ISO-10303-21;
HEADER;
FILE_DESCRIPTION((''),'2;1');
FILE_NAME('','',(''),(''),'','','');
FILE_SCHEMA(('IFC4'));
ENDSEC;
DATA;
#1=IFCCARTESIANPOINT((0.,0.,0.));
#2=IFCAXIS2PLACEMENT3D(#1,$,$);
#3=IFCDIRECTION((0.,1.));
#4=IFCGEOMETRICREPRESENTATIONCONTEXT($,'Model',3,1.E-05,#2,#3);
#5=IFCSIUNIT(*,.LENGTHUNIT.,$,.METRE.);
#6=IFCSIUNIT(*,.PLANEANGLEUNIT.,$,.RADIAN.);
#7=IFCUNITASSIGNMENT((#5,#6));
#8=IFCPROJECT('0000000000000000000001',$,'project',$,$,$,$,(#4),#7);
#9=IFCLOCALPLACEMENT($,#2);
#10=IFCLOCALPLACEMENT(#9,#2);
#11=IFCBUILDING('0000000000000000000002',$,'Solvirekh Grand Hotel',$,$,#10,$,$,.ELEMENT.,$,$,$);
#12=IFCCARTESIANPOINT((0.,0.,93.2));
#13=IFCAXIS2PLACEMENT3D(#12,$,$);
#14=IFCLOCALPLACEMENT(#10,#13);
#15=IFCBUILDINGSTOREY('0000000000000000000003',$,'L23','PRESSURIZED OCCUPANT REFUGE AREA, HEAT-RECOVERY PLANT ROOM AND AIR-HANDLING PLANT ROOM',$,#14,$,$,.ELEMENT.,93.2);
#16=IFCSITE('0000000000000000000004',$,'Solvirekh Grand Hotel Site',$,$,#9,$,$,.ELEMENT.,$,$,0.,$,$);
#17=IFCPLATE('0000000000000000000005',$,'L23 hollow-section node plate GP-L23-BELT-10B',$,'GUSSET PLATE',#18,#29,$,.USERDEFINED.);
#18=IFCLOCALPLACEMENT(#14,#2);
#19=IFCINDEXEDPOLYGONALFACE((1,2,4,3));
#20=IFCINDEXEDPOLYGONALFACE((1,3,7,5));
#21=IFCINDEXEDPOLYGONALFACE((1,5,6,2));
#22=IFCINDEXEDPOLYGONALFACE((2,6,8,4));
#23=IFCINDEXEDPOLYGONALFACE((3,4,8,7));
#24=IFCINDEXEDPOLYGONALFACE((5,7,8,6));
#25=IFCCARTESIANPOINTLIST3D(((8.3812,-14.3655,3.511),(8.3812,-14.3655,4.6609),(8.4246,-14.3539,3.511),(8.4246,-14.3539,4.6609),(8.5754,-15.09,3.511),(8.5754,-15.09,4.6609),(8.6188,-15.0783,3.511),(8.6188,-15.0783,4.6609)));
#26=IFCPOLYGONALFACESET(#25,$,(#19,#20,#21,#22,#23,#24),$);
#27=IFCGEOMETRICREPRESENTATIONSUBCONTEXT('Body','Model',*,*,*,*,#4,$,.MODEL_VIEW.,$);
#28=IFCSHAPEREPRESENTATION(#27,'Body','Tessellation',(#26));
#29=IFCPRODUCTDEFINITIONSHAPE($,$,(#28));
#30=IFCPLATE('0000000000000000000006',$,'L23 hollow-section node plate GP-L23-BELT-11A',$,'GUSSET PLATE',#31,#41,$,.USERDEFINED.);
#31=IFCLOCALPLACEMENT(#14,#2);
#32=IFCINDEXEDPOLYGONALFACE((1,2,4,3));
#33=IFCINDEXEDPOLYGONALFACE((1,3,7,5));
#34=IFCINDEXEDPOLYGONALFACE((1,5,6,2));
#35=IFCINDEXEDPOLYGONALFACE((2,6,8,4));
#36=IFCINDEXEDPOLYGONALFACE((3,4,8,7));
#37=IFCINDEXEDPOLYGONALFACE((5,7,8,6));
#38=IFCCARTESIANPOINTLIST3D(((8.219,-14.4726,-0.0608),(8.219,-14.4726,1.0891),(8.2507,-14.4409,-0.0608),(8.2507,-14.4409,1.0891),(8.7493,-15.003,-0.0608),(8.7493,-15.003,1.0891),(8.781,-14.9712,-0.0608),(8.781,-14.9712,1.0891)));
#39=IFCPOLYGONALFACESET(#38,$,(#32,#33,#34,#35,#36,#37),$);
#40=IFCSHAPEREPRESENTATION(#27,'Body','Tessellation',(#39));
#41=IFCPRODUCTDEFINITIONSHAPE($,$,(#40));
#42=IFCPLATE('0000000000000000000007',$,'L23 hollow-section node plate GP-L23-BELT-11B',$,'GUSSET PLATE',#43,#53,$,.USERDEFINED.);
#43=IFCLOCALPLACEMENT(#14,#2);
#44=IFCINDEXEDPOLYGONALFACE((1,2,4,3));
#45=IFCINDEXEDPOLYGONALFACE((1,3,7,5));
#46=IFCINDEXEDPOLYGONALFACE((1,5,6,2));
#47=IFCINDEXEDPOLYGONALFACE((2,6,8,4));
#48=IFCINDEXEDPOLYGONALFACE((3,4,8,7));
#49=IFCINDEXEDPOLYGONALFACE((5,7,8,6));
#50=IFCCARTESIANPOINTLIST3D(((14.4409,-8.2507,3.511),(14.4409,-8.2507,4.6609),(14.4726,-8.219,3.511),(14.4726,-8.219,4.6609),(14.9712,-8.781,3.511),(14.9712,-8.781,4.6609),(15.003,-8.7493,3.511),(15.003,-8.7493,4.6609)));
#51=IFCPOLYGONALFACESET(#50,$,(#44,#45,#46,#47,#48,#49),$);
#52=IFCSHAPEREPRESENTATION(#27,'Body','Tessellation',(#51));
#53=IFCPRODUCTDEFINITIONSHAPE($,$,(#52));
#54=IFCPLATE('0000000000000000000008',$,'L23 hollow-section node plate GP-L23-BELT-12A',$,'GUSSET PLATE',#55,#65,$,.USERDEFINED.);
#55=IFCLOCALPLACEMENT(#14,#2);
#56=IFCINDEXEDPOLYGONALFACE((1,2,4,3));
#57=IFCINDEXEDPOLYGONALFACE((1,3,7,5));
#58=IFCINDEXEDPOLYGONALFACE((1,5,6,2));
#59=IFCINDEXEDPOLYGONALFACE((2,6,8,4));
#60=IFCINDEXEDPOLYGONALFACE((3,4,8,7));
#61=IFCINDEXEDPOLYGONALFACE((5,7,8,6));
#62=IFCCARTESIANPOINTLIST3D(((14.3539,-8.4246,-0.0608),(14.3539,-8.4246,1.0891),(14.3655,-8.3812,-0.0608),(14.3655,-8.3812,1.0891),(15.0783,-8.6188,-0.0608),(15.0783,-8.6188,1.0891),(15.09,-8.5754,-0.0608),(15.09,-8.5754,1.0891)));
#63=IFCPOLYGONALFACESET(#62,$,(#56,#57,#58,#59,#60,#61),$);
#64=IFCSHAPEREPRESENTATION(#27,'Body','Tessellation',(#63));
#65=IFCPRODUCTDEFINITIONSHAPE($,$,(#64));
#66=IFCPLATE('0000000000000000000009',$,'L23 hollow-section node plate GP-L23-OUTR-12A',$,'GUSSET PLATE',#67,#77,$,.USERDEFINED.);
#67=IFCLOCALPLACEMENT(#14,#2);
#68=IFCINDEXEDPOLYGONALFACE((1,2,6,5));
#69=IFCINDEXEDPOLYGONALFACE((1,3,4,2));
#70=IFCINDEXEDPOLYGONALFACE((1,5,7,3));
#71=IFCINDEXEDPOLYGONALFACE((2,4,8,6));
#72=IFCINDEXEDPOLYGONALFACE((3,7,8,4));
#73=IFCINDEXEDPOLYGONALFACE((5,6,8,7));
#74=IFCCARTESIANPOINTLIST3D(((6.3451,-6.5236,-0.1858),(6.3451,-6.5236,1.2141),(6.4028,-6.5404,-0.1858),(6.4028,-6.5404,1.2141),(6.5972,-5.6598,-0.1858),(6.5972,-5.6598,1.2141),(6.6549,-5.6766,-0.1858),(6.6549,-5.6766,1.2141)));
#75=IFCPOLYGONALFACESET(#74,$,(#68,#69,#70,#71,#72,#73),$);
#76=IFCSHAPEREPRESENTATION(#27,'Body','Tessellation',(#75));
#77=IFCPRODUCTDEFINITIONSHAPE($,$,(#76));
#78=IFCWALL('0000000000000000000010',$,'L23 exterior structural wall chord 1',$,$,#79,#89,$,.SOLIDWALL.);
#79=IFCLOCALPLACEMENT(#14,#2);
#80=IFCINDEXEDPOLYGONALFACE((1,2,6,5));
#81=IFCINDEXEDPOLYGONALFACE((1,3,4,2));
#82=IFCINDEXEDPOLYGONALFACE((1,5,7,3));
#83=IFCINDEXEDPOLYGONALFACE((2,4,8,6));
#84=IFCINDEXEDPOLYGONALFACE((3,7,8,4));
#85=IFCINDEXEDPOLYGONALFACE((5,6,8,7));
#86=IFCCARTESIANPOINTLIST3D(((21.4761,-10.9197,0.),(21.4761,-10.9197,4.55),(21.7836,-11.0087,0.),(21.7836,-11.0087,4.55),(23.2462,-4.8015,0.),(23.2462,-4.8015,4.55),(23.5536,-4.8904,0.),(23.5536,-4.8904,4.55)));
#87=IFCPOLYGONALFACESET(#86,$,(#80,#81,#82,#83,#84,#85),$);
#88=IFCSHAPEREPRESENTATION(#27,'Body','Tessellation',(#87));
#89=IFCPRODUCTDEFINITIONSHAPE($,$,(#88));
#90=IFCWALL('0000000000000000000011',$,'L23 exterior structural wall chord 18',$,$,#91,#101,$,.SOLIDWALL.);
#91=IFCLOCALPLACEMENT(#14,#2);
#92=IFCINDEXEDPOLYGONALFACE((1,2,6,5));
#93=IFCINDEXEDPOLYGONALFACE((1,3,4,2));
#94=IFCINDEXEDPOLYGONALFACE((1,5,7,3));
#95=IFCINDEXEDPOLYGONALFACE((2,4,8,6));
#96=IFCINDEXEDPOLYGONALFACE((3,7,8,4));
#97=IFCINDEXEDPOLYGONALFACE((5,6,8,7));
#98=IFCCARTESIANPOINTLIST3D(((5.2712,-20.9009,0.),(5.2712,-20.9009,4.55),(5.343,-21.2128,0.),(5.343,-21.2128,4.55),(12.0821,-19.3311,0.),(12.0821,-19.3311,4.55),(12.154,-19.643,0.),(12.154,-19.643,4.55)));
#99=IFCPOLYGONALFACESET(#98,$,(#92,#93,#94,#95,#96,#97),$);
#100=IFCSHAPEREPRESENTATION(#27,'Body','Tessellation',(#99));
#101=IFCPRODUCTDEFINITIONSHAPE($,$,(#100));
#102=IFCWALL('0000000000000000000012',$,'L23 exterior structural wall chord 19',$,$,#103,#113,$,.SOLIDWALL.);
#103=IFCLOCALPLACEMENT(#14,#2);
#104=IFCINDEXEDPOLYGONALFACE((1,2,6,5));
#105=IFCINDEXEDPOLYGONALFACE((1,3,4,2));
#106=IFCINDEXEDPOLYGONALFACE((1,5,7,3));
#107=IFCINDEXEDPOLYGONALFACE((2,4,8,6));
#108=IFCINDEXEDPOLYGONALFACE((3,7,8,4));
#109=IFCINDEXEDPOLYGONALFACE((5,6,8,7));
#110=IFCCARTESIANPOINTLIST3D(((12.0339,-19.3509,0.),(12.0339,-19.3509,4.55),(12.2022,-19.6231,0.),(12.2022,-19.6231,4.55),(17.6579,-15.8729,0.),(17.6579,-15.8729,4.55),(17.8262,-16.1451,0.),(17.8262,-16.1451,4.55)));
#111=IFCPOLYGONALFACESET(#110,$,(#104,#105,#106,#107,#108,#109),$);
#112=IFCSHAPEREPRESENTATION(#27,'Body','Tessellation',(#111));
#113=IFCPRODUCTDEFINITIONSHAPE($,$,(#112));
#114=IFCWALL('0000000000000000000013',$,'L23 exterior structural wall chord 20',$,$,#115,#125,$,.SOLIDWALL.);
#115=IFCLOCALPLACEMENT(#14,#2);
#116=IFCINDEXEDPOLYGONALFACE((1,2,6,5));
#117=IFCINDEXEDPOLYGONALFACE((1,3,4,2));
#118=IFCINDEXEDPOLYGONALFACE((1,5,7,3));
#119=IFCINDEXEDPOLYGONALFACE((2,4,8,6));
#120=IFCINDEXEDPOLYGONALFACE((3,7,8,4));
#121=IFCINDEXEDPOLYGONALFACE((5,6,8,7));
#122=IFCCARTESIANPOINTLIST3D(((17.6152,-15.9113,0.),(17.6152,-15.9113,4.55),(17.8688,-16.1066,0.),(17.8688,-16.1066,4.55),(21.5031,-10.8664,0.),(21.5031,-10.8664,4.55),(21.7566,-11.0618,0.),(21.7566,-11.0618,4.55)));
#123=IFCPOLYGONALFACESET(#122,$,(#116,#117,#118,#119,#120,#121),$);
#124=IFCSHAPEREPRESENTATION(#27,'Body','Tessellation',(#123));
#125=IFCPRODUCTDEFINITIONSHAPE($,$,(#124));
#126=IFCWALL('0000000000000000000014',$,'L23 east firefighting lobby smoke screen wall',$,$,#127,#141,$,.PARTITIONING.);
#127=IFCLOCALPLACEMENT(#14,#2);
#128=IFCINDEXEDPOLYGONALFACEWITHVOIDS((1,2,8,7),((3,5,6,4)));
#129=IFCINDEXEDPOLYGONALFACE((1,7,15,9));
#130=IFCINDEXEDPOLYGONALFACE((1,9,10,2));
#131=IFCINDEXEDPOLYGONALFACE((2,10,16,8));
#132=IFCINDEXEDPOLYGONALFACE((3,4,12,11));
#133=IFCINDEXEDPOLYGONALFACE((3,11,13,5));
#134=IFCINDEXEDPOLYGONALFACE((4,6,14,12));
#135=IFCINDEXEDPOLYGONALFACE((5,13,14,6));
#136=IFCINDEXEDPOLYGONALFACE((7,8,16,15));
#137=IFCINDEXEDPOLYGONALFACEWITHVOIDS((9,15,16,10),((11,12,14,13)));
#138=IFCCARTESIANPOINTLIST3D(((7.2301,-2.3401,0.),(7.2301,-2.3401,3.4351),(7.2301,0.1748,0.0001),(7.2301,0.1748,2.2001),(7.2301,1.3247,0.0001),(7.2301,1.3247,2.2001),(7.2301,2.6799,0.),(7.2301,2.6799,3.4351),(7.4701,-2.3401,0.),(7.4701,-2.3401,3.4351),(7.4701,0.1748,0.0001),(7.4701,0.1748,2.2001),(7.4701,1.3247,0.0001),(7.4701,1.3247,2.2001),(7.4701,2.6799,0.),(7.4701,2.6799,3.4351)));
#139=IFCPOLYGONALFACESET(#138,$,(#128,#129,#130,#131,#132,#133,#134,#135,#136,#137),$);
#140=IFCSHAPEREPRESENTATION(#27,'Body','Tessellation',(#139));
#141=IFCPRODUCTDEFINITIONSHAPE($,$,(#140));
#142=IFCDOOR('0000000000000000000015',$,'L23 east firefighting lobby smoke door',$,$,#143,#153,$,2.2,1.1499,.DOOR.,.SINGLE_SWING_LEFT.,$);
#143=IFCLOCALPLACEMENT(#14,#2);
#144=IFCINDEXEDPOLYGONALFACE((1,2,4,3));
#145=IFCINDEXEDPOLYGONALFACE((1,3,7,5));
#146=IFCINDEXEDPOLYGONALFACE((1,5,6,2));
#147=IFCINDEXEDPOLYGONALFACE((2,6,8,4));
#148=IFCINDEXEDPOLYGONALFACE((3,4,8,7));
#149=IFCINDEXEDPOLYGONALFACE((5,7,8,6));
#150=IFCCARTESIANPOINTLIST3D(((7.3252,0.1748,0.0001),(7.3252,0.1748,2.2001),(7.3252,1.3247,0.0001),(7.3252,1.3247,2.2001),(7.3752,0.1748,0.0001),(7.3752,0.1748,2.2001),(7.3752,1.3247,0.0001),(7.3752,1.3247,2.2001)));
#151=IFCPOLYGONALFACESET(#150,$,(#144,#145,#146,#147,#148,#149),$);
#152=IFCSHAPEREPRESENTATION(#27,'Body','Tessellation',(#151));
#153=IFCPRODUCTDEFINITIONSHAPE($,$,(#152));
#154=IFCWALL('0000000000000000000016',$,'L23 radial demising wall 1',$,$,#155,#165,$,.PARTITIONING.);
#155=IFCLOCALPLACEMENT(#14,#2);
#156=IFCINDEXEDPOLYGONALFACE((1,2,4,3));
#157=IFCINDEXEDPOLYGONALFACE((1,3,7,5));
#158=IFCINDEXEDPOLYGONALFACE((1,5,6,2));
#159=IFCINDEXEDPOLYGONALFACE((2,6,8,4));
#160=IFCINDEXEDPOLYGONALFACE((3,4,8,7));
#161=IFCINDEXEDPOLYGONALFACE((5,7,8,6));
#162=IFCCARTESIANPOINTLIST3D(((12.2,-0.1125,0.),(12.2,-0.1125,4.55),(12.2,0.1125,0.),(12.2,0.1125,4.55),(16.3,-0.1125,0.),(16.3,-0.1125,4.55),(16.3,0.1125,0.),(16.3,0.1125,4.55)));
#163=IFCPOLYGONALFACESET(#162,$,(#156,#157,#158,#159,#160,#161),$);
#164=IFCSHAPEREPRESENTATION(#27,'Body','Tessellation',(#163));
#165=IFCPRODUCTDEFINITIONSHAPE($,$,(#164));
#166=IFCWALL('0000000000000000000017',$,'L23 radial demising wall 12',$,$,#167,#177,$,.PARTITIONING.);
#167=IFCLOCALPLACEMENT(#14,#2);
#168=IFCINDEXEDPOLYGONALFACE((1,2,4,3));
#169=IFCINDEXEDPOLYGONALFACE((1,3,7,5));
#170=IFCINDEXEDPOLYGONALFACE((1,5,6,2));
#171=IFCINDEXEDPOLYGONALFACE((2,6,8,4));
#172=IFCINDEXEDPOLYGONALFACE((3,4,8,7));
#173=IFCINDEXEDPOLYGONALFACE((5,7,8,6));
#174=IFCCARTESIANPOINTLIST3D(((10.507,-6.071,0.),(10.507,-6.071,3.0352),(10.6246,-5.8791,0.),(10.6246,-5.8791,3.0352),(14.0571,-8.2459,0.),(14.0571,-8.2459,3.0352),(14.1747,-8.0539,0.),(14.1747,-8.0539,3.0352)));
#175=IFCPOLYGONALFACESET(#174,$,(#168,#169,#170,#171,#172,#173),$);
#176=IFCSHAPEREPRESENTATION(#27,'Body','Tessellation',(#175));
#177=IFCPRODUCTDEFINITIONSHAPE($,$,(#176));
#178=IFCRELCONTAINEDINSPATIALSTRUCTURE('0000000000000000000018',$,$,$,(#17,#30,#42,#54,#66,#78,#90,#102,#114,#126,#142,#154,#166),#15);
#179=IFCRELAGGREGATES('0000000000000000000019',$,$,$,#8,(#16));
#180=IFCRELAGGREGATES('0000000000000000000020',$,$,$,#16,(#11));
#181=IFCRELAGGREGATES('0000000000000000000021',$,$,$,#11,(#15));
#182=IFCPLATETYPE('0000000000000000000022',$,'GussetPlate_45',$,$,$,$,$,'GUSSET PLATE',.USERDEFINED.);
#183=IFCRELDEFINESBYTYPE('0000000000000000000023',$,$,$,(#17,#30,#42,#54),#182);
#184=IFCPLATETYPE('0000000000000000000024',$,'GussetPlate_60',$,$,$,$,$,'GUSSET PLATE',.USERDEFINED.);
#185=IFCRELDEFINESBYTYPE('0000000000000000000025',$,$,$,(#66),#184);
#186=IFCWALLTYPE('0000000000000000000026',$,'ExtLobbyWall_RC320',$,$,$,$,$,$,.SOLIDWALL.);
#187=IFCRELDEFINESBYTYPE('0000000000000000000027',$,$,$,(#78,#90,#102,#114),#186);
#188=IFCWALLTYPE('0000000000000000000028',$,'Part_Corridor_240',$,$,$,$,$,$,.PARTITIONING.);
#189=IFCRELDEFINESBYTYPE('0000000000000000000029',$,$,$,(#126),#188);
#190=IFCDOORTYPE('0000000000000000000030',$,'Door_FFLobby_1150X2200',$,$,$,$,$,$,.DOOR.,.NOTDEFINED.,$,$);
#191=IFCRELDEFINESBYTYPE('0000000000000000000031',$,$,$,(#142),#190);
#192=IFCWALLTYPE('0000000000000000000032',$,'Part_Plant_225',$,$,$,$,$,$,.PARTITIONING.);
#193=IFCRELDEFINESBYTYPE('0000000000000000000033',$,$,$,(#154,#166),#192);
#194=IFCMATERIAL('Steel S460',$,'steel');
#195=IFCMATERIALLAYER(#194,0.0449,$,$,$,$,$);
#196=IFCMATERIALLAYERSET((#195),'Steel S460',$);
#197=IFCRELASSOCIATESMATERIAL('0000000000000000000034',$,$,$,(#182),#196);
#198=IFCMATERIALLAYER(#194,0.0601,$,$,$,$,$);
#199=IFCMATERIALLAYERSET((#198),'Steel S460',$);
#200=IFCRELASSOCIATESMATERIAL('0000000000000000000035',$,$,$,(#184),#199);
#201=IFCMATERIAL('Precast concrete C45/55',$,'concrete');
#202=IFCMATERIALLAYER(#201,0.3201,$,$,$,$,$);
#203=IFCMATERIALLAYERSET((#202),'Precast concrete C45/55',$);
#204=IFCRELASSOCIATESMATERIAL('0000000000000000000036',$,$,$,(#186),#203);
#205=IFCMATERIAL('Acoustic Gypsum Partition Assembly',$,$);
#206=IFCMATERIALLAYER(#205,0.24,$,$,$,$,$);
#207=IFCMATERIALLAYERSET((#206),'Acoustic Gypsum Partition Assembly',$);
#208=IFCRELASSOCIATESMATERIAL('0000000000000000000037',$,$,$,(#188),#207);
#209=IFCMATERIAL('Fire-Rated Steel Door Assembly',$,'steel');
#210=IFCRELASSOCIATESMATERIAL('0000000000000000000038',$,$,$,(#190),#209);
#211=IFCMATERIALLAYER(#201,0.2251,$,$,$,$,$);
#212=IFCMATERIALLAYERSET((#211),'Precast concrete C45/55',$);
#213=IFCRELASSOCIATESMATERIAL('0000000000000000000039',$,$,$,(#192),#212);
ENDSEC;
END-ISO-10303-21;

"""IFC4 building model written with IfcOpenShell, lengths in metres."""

from ifc_helpers import new_model, si_unit, direction, frame, frame_2d, origin, origin_2d, place, context, subcontext, project, spatial, rectangle, extrude, material, layer, layer_set, type_object, element, fill, save


model = new_model("IFC4")

# Units and contexts
model_context = context("Model", 3, precision=1e-05, world=origin(), true_north=direction((0.0, 1.0)))
body_context = subcontext(model_context, "Body", "Model", "MODEL_VIEW")
ifc_project = project(units=[si_unit("LENGTHUNIT", "METRE"), si_unit("PLANEANGLEUNIT", "RADIAN")], contexts=[model_context])

# Site, building, storey
site_placement = place(None, origin())
site = spatial("IfcSite", under=ifc_project, at=site_placement, Name="Solvirekh Grand Hotel Site", CompositionType="ELEMENT", RefElevation=0.0)
building_placement = place(site_placement, origin())
building = spatial("IfcBuilding", under=site, at=building_placement, Name="Solvirekh Grand Hotel", CompositionType="ELEMENT")
storey_placement = place(building_placement, frame((0.0, 0.0, 93.2)))
storey = spatial("IfcBuildingStorey", under=building, at=storey_placement, Name="L23", Description="PRESSURIZED OCCUPANT REFUGE AREA, HEAT-RECOVERY PLANT ROOM AND AIR-HANDLING PLANT ROOM", CompositionType="ELEMENT", Elevation=93.2)

# Shared definitions
ifc_material_1 = material(Name="Steel S460", Category="steel")

# Plates
ifc_layer_1 = layer(ifc_material_1, 0.0449)
ifc_layer_set_1 = layer_set([ifc_layer_1], Name="Steel S460")
plate_type_1 = type_object("IfcPlateType", Name="GussetPlate_45", ElementType="GUSSET PLATE", PredefinedType="USERDEFINED", material=ifc_layer_set_1)
for number, where, z_axis, x_axis, name in (
    (1, (8.5, -14.7219, 3.511), (0.0, 0.0, 1.0), (0.965926, 0.258819, 0.0), "L23 hollow-section node plate GP-L23-BELT-10B"),
    (2, (8.5, -14.7219, -0.0608), (0.0, 0.0, 1.0), (0.707107, 0.707107, 0.0), "L23 hollow-section node plate GP-L23-BELT-11A"),
    (3, (14.7219, -8.5, 3.511), (0.0, 0.0, 1.0), (0.707107, 0.707107, 0.0), "L23 hollow-section node plate GP-L23-BELT-11B"),
    (4, (14.7219, -8.5, -0.0608), (0.0, 0.0, 1.0), (0.258819, 0.965926, 0.0), "L23 hollow-section node plate GP-L23-BELT-12A"),
):
    element("IfcPlate", number, at=place(storey_placement, frame(where, z_axis=z_axis, x_axis=x_axis)), inside=storey, type_object=plate_type_1, Name=name, ObjectType="GUSSET PLATE", PredefinedType="USERDEFINED", context=body_context, shape_type="SweptSolid", body=[
        extrude(rectangle(XDim=0.0449, YDim=0.75, at=origin_2d()), origin(), (0.0, 0.0, 1.0), 1.1499),
    ])
ifc_layer_2 = layer(ifc_material_1, 0.0601)
ifc_layer_set_2 = layer_set([ifc_layer_2], Name="Steel S460")
plate_type_2 = type_object("IfcPlateType", Name="GussetPlate_60", ElementType="GUSSET PLATE", PredefinedType="USERDEFINED", material=ifc_layer_set_2)
plate_placement = place(storey_placement, frame((6.5, -6.1001, -0.1858), z_axis=(0.0, 0.0, 1.0), x_axis=(0.959952, -0.280164, 0.0)))
element("IfcPlate", 5, at=plate_placement, inside=storey, type_object=plate_type_2, Name="L23 hollow-section node plate GP-L23-OUTR-12A", ObjectType="GUSSET PLATE", PredefinedType="USERDEFINED", context=body_context, shape_type="SweptSolid", body=[
    extrude(rectangle(XDim=0.0601, YDim=0.8999, at=origin_2d()), origin(), (0.0, 0.0, 1.0), 1.3999),
])

# Walls
ifc_material_2 = material(Name="Precast concrete C45/55", Category="concrete")
ifc_layer_3 = layer(ifc_material_2, 0.3201)
ifc_layer_set_3 = layer_set([ifc_layer_3], Name="Precast concrete C45/55")
wall_type_1 = type_object("IfcWallType", Name="ExtLobbyWall_RC320", PredefinedType="SOLIDWALL", material=ifc_layer_set_3)
wall_1_placement = place(storey_placement, frame((23.3999, -4.8459, 0.0), z_axis=(0.0, 0.0, 1.0), x_axis=(-0.277909, -0.960607, 0.0)))
element("IfcWall", 6, at=wall_1_placement, inside=storey, type_object=wall_type_1, Name="L23 exterior structural wall chord 1", PredefinedType="SOLIDWALL", context=body_context, shape_type="SweptSolid", body=[
    extrude(rectangle(XDim=6.3691, YDim=0.3201, at=frame_2d((3.1846, 0.0))), origin(), (0.0, 0.0, 1.0), 4.55),
])
wall_2_placement = place(storey_placement, frame((12.1179, -19.4871, 0.0), z_axis=(0.0, 0.0, 1.0), x_axis=(-0.974452, -0.224594, 0.0)))
element("IfcWall", 7, at=wall_2_placement, inside=storey, type_object=wall_type_1, Name="L23 exterior structural wall chord 18", PredefinedType="SOLIDWALL", context=body_context, shape_type="SweptSolid", body=[
    extrude(rectangle(XDim=6.9895, YDim=0.3201, at=frame_2d((3.4946, 0.0))), origin(), (0.0, 0.0, 1.0), 4.55),
])
wall_3_placement = place(storey_placement, frame((17.7419, -16.009, 0.0), z_axis=(0.0, 0.0, 1.0), x_axis=(-0.850503, -0.525971, 0.0)))
element("IfcWall", 8, at=wall_3_placement, inside=storey, type_object=wall_type_1, Name="L23 exterior structural wall chord 19", PredefinedType="SOLIDWALL", context=body_context, shape_type="SweptSolid", body=[
    extrude(rectangle(XDim=6.6125, YDim=0.3201, at=frame_2d((3.3062, 0.0))), origin(), (0.0, 0.0, 1.0), 4.55),
])
wall_4_placement = place(storey_placement, frame((21.6299, -10.9641, 0.0), z_axis=(0.0, 0.0, 1.0), x_axis=(-0.610424, -0.792075, 0.0)))
element("IfcWall", 9, at=wall_4_placement, inside=storey, type_object=wall_type_1, Name="L23 exterior structural wall chord 20", PredefinedType="SOLIDWALL", context=body_context, shape_type="SweptSolid", body=[
    extrude(rectangle(XDim=6.3691, YDim=0.3201, at=frame_2d((3.1846, 0.0))), origin(), (0.0, 0.0, 1.0), 4.55),
])

# Wall, opening, door
ifc_material_3 = material(Name="Acoustic Gypsum Partition Assembly")
ifc_layer_4 = layer(ifc_material_3, 0.24)
ifc_layer_set_4 = layer_set([ifc_layer_4], Name="Acoustic Gypsum Partition Assembly")
wall_type_2 = type_object("IfcWallType", Name="Part_Corridor_240", PredefinedType="PARTITIONING", material=ifc_layer_set_4)
wall_5_placement = place(storey_placement, frame((7.3501, -2.3401, 0.0), z_axis=(0.0, 0.0, 1.0), x_axis=(0.0, 1.0, 0.0)))
wall_5 = element("IfcWall", 10, at=wall_5_placement, inside=storey, type_object=wall_type_2, Name="L23 east firefighting lobby smoke screen wall", PredefinedType="PARTITIONING", context=body_context, shape_type="SweptSolid", body=[
    extrude(rectangle(XDim=5.02, YDim=0.24, at=frame_2d((2.51, 0.0))), origin(), (0.0, 0.0, 1.0), 3.4351),
])
opening_1_placement = place(wall_5_placement, frame((2.5149, 0.0, 0.0)))
opening_1 = element("IfcOpeningElement", 11, at=opening_1_placement, cuts=wall_5, PredefinedType="OPENING", context=body_context, shape_type="SweptSolid", body=[
    extrude(rectangle(XDim=1.1499, YDim=2.2, at=frame_2d((0.575, 1.1001))), frame((0.0, 0.1299, 0.0), z_axis=(0.0, -1.0, 0.0), x_axis=(1.0, 0.0, 0.0)), (0.0, 0.0, 1.0), 0.26),
])
ifc_material_4 = material(Name="Fire-Rated Steel Door Assembly", Category="steel")
door_type_1 = type_object("IfcDoorType", Name="Door_FFLobby_1150X2200", OperationType="NOTDEFINED", PredefinedType="DOOR", material=ifc_material_4)
door_1_placement = place(opening_1_placement, origin())
door_1 = element("IfcDoor", 12, at=door_1_placement, inside=storey, type_object=door_type_1, Name="L23 east firefighting lobby smoke door", OperationType="SINGLE_SWING_LEFT", OverallHeight=2.2, OverallWidth=1.1499, PredefinedType="DOOR", context=body_context, shape_type="SweptSolid", body=[
    extrude(rectangle(XDim=1.1499, YDim=2.2, at=frame_2d((0.575, 1.1001))), frame((0.0, 0.0249, 0.0), z_axis=(0.0, -1.0, 0.0), x_axis=(1.0, 0.0, 0.0)), (0.0, 0.0, 1.0), 0.05),
])
fill(opening_1, door_1)

# Walls
ifc_layer_5 = layer(ifc_material_2, 0.2251)
ifc_layer_set_5 = layer_set([ifc_layer_5], Name="Precast concrete C45/55")
wall_type_3 = type_object("IfcWallType", Name="Part_Plant_225", PredefinedType="PARTITIONING", material=ifc_layer_set_5)
wall_6_placement = place(storey_placement, frame((12.2, 0.0, 0.0), z_axis=(0.0, 0.0, 1.0), x_axis=(1.0, 0.0, 0.0)))
element("IfcWall", 13, at=wall_6_placement, inside=storey, type_object=wall_type_3, Name="L23 radial demising wall 1", PredefinedType="PARTITIONING", context=body_context, shape_type="SweptSolid", body=[
    extrude(rectangle(XDim=4.1001, YDim=0.2251, at=frame_2d((2.05, 0.0))), origin(), (0.0, 0.0, 1.0), 4.55),
])
wall_7_placement = place(storey_placement, frame((10.5659, -5.9751, 0.0), z_axis=(0.0, 0.0, 1.0), x_axis=(0.852712, -0.522382, 0.0)))
element("IfcWall", 14, at=wall_7_placement, inside=storey, type_object=wall_type_3, Name="L23 radial demising wall 12", PredefinedType="PARTITIONING", context=body_context, shape_type="SweptSolid", body=[
    extrude(rectangle(XDim=4.1633, YDim=0.2251, at=frame_2d((2.0815, 0.0))), origin(), (0.0, 0.0, 1.0), 3.0352),
])

save(model, "model.ifc")
